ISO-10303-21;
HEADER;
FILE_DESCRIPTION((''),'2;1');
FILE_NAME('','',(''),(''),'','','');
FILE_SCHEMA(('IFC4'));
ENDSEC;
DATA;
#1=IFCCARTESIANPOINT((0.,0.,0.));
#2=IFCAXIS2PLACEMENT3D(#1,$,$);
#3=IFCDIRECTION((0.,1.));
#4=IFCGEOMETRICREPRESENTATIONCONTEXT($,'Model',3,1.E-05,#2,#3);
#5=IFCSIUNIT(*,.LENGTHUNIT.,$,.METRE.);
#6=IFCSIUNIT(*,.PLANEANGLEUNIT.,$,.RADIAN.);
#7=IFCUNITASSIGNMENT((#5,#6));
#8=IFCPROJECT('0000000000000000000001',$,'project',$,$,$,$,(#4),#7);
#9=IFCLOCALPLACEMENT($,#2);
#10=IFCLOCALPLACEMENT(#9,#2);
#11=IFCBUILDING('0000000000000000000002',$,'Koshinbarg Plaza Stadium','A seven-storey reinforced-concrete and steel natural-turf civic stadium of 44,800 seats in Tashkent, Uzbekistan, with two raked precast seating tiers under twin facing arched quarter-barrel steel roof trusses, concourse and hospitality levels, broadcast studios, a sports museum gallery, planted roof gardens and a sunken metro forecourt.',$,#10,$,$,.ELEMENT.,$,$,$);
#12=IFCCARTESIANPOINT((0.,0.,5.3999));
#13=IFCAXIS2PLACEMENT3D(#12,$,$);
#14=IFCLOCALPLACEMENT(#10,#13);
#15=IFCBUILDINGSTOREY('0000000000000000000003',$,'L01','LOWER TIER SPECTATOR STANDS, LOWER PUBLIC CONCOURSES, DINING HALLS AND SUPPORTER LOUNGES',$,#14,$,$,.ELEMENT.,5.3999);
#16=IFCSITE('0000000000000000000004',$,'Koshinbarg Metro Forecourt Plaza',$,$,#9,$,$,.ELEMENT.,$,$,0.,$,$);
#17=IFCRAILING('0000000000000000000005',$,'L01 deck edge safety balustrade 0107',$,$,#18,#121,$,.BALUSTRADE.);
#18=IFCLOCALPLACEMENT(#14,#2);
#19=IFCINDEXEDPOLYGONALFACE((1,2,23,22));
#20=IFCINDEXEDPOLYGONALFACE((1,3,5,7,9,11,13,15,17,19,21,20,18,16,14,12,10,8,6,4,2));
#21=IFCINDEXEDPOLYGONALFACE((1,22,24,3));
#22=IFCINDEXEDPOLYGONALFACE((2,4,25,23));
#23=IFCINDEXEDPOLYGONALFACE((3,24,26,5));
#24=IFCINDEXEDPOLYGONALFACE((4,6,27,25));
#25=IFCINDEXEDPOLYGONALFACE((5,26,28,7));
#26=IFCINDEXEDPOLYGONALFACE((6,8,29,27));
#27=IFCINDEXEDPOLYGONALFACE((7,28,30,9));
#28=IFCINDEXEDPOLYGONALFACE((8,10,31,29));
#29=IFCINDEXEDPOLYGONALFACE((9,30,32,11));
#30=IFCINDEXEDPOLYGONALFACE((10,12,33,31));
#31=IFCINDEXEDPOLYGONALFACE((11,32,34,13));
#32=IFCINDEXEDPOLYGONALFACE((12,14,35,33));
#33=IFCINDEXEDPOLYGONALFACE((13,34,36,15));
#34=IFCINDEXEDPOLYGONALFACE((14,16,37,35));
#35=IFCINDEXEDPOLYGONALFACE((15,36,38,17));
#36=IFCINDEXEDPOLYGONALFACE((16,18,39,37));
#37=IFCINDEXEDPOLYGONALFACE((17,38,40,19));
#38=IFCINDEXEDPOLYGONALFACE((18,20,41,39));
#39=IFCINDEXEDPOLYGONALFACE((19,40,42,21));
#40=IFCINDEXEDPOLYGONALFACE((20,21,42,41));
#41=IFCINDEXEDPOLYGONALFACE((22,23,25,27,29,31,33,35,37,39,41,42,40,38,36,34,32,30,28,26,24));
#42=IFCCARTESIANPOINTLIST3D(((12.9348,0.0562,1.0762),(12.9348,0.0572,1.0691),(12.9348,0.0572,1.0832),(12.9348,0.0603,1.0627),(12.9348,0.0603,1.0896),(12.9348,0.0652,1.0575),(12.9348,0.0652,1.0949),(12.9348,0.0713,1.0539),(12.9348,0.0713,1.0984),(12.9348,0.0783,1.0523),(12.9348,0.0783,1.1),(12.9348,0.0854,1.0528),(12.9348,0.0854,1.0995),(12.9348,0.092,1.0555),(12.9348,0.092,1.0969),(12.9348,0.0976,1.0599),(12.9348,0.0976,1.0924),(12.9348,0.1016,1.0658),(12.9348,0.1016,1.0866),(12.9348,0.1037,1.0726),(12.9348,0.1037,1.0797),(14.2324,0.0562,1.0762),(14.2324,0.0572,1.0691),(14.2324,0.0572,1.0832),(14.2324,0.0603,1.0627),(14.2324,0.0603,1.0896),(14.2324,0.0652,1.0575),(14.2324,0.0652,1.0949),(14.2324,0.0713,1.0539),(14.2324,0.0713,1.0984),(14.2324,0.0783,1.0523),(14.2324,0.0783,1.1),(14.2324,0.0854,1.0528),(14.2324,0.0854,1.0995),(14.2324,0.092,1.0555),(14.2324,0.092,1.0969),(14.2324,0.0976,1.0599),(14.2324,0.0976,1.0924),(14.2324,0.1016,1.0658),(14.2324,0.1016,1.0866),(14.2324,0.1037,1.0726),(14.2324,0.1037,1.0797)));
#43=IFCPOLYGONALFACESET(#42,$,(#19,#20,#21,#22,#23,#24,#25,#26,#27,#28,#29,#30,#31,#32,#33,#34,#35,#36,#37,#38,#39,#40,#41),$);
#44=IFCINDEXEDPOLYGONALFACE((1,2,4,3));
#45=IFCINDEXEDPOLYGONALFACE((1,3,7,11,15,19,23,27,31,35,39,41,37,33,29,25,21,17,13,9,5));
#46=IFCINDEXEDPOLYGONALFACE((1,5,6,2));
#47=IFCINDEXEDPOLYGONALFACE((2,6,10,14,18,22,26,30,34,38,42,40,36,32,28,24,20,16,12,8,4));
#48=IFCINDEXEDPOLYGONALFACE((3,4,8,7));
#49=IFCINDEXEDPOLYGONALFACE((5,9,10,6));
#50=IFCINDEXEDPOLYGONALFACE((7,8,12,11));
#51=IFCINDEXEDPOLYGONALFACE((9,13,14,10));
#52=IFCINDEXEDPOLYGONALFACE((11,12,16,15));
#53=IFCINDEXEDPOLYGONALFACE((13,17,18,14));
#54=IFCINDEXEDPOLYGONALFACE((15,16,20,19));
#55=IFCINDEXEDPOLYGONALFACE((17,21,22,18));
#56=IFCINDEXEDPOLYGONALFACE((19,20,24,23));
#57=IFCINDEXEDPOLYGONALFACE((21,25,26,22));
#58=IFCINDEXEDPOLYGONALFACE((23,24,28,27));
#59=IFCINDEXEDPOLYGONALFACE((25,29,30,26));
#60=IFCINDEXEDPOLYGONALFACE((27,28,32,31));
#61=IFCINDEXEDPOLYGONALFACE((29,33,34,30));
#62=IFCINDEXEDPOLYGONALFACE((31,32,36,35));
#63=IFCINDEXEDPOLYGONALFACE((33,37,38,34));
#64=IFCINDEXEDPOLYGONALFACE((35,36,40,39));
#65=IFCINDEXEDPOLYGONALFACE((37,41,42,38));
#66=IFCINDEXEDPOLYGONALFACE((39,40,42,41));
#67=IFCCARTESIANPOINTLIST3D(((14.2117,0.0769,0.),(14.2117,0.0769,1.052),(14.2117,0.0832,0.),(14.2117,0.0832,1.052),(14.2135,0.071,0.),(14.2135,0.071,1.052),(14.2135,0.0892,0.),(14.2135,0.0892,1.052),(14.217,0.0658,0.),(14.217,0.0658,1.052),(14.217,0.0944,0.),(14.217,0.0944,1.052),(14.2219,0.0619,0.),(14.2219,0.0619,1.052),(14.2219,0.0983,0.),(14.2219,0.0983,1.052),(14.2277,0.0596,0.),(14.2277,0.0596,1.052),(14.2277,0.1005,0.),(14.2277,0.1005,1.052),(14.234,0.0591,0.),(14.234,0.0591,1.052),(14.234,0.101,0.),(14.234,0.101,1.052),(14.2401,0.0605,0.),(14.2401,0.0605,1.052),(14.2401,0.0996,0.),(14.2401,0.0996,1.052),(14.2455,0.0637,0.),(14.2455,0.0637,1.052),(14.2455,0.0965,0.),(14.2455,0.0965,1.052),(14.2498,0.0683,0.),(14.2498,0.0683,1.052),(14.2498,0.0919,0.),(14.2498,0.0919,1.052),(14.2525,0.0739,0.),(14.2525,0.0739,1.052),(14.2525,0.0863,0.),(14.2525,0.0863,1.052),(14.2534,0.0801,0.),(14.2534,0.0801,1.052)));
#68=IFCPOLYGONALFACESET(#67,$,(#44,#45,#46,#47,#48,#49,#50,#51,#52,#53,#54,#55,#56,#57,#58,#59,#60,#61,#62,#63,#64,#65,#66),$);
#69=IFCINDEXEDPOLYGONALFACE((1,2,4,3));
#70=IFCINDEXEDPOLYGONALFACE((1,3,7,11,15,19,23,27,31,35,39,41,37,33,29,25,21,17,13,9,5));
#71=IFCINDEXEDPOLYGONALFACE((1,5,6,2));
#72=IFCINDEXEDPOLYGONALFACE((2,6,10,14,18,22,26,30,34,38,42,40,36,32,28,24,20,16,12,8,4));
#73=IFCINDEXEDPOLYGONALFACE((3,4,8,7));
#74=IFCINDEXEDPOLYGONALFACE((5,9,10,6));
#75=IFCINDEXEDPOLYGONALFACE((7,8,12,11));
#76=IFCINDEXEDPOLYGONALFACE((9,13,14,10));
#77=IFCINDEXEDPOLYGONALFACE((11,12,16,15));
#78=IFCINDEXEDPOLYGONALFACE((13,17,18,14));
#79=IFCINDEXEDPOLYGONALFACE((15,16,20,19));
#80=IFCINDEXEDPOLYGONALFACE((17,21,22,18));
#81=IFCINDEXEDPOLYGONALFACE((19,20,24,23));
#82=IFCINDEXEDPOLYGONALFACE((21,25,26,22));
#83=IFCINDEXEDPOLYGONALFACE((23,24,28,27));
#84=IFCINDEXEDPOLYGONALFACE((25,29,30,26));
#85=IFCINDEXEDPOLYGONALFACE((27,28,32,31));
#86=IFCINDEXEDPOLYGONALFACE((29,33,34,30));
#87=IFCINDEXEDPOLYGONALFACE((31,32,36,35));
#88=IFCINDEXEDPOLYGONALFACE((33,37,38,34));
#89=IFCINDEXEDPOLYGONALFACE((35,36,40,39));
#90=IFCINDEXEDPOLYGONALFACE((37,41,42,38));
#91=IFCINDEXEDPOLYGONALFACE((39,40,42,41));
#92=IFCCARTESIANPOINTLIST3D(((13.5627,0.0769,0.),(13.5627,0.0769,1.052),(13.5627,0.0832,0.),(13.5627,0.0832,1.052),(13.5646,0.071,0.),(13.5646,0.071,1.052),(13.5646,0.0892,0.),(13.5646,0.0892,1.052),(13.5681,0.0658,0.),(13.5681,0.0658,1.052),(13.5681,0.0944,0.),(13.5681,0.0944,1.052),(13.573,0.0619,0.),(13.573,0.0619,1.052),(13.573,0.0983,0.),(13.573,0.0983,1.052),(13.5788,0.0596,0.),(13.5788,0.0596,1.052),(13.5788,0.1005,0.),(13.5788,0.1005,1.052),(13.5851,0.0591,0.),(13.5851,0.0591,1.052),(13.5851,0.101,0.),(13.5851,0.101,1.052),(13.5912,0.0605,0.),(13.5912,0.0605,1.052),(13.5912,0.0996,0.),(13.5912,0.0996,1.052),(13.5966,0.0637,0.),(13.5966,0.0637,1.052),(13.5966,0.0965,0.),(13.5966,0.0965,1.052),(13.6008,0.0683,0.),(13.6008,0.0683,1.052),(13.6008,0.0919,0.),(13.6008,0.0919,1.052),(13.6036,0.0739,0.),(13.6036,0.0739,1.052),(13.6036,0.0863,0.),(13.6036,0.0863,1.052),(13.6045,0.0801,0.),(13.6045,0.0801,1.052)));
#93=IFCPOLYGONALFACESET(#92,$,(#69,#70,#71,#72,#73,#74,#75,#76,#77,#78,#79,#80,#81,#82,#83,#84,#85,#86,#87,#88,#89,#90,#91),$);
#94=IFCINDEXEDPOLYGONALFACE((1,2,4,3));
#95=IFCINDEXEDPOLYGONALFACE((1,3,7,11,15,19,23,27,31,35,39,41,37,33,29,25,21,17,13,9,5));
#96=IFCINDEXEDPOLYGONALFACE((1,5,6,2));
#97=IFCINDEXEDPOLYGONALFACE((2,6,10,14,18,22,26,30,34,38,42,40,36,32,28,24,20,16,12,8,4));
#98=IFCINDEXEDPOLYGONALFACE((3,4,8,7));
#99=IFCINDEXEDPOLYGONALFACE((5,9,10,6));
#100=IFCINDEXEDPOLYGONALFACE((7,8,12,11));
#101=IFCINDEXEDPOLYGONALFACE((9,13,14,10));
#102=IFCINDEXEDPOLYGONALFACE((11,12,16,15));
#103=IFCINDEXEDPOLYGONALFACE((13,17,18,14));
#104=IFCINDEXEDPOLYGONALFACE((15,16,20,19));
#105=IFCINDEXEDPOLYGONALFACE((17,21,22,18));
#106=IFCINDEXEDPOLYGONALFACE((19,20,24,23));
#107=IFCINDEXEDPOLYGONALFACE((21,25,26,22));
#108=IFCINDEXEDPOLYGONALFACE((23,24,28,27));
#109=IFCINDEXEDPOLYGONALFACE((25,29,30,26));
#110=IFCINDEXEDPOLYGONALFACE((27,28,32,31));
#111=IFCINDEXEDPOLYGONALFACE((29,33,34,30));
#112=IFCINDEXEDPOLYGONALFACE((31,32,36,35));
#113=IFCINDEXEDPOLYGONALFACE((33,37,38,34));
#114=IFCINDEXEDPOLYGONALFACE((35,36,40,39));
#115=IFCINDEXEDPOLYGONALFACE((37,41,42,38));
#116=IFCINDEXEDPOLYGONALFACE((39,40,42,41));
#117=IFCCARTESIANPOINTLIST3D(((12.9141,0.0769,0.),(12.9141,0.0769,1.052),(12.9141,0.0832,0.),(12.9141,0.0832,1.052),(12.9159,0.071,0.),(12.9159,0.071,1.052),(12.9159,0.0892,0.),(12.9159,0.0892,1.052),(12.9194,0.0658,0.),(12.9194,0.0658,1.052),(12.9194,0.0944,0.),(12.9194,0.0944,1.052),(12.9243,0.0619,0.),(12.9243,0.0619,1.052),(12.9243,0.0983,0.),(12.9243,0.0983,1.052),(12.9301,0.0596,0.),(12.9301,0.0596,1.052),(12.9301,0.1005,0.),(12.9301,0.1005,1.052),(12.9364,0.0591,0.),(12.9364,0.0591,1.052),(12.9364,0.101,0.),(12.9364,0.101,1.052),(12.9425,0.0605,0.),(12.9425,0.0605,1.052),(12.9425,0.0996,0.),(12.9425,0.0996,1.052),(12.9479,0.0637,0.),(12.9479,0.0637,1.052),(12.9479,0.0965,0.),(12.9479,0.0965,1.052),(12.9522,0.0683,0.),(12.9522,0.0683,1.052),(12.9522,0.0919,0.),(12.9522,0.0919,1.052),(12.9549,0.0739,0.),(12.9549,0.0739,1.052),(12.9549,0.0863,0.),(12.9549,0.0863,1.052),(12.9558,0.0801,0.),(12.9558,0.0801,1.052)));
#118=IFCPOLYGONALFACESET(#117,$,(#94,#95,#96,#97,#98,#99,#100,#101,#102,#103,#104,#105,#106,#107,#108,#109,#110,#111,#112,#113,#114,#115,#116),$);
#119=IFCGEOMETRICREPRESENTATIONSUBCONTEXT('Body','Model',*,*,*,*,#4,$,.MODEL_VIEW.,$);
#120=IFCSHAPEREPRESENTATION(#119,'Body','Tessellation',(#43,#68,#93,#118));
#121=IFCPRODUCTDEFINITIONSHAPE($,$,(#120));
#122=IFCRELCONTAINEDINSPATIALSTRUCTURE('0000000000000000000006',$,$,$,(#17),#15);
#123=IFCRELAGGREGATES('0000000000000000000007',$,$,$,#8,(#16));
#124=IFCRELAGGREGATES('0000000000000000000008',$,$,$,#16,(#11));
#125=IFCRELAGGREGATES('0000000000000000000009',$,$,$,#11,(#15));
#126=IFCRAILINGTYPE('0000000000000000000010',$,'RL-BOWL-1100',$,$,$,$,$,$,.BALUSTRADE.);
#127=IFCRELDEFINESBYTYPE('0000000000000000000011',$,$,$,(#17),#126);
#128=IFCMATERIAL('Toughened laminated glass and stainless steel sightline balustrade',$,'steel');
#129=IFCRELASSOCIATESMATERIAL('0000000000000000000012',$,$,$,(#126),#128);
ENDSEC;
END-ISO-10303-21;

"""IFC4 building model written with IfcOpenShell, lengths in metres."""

from ifc_helpers import new_model, si_unit, direction, frame, origin, origin_2d, place, context, subcontext, project, spatial, circle, extrude, material, type_object, element, save


model = new_model("IFC4")

# Units and contexts
model_context = context("Model", 3, precision=1e-05, world=origin(), true_north=direction((0.0, 1.0)))
body_context = subcontext(model_context, "Body", "Model", "MODEL_VIEW")
ifc_project = project(units=[si_unit("LENGTHUNIT", "METRE"), si_unit("PLANEANGLEUNIT", "RADIAN")], contexts=[model_context])

# Site, building, storey
site_placement = place(None, origin())
site = spatial("IfcSite", under=ifc_project, at=site_placement, Name="Koshinbarg Metro Forecourt Plaza", CompositionType="ELEMENT", RefElevation=0.0)
building_placement = place(site_placement, origin())
building = spatial("IfcBuilding", under=site, at=building_placement, Name="Koshinbarg Plaza Stadium", Description="A seven-storey reinforced-concrete and steel natural-turf civic stadium of 44,800 seats in Tashkent, Uzbekistan, with two raked precast seating tiers under twin facing arched quarter-barrel steel roof trusses, concourse and hospitality levels, broadcast studios, a sports museum gallery, planted roof gardens and a sunken metro forecourt.", CompositionType="ELEMENT")
storey_placement = place(building_placement, frame((0.0, 0.0, 5.3999)))
storey = spatial("IfcBuildingStorey", under=building, at=storey_placement, Name="L01", Description="LOWER TIER SPECTATOR STANDS, LOWER PUBLIC CONCOURSES, DINING HALLS AND SUPPORTER LOUNGES", CompositionType="ELEMENT", Elevation=5.3999)

# Railing
ifc_material_1 = material(Name="Toughened laminated glass and stainless steel sightline balustrade", Category="steel")
railing_type = type_object("IfcRailingType", Name="RL-BOWL-1100", PredefinedType="BALUSTRADE", material=ifc_material_1)
railing_1_placement = place(storey_placement, frame((14.2324, 0.0801, 0.0)))
element("IfcRailing", 1, at=railing_1_placement, inside=storey, type_object=railing_type, Name="L01 deck edge safety balustrade 0107", PredefinedType="BALUSTRADE", context=body_context, shape_type="SweptSolid", body=[
    extrude(circle(Radius=0.0239, at=origin_2d()), frame((0.0, 0.0, 1.0762), z_axis=(-1.0, 0.0, 0.0), x_axis=(0.0, -1.0, 0.0)), (0.0, 0.0, 1.0), 1.2976),
    extrude(circle(Radius=0.021, at=origin_2d()), origin(), (0.0, 0.0, 1.0), 1.052),
    extrude(circle(Radius=0.021, at=origin_2d()), frame((-0.6489, 0.0, 0.0)), (0.0, 0.0, 1.0), 1.052),
    extrude(circle(Radius=0.021, at=origin_2d()), frame((-1.2976, 0.0, 0.0)), (0.0, 0.0, 1.0), 1.052),
])

save(model, "model.ifc")
